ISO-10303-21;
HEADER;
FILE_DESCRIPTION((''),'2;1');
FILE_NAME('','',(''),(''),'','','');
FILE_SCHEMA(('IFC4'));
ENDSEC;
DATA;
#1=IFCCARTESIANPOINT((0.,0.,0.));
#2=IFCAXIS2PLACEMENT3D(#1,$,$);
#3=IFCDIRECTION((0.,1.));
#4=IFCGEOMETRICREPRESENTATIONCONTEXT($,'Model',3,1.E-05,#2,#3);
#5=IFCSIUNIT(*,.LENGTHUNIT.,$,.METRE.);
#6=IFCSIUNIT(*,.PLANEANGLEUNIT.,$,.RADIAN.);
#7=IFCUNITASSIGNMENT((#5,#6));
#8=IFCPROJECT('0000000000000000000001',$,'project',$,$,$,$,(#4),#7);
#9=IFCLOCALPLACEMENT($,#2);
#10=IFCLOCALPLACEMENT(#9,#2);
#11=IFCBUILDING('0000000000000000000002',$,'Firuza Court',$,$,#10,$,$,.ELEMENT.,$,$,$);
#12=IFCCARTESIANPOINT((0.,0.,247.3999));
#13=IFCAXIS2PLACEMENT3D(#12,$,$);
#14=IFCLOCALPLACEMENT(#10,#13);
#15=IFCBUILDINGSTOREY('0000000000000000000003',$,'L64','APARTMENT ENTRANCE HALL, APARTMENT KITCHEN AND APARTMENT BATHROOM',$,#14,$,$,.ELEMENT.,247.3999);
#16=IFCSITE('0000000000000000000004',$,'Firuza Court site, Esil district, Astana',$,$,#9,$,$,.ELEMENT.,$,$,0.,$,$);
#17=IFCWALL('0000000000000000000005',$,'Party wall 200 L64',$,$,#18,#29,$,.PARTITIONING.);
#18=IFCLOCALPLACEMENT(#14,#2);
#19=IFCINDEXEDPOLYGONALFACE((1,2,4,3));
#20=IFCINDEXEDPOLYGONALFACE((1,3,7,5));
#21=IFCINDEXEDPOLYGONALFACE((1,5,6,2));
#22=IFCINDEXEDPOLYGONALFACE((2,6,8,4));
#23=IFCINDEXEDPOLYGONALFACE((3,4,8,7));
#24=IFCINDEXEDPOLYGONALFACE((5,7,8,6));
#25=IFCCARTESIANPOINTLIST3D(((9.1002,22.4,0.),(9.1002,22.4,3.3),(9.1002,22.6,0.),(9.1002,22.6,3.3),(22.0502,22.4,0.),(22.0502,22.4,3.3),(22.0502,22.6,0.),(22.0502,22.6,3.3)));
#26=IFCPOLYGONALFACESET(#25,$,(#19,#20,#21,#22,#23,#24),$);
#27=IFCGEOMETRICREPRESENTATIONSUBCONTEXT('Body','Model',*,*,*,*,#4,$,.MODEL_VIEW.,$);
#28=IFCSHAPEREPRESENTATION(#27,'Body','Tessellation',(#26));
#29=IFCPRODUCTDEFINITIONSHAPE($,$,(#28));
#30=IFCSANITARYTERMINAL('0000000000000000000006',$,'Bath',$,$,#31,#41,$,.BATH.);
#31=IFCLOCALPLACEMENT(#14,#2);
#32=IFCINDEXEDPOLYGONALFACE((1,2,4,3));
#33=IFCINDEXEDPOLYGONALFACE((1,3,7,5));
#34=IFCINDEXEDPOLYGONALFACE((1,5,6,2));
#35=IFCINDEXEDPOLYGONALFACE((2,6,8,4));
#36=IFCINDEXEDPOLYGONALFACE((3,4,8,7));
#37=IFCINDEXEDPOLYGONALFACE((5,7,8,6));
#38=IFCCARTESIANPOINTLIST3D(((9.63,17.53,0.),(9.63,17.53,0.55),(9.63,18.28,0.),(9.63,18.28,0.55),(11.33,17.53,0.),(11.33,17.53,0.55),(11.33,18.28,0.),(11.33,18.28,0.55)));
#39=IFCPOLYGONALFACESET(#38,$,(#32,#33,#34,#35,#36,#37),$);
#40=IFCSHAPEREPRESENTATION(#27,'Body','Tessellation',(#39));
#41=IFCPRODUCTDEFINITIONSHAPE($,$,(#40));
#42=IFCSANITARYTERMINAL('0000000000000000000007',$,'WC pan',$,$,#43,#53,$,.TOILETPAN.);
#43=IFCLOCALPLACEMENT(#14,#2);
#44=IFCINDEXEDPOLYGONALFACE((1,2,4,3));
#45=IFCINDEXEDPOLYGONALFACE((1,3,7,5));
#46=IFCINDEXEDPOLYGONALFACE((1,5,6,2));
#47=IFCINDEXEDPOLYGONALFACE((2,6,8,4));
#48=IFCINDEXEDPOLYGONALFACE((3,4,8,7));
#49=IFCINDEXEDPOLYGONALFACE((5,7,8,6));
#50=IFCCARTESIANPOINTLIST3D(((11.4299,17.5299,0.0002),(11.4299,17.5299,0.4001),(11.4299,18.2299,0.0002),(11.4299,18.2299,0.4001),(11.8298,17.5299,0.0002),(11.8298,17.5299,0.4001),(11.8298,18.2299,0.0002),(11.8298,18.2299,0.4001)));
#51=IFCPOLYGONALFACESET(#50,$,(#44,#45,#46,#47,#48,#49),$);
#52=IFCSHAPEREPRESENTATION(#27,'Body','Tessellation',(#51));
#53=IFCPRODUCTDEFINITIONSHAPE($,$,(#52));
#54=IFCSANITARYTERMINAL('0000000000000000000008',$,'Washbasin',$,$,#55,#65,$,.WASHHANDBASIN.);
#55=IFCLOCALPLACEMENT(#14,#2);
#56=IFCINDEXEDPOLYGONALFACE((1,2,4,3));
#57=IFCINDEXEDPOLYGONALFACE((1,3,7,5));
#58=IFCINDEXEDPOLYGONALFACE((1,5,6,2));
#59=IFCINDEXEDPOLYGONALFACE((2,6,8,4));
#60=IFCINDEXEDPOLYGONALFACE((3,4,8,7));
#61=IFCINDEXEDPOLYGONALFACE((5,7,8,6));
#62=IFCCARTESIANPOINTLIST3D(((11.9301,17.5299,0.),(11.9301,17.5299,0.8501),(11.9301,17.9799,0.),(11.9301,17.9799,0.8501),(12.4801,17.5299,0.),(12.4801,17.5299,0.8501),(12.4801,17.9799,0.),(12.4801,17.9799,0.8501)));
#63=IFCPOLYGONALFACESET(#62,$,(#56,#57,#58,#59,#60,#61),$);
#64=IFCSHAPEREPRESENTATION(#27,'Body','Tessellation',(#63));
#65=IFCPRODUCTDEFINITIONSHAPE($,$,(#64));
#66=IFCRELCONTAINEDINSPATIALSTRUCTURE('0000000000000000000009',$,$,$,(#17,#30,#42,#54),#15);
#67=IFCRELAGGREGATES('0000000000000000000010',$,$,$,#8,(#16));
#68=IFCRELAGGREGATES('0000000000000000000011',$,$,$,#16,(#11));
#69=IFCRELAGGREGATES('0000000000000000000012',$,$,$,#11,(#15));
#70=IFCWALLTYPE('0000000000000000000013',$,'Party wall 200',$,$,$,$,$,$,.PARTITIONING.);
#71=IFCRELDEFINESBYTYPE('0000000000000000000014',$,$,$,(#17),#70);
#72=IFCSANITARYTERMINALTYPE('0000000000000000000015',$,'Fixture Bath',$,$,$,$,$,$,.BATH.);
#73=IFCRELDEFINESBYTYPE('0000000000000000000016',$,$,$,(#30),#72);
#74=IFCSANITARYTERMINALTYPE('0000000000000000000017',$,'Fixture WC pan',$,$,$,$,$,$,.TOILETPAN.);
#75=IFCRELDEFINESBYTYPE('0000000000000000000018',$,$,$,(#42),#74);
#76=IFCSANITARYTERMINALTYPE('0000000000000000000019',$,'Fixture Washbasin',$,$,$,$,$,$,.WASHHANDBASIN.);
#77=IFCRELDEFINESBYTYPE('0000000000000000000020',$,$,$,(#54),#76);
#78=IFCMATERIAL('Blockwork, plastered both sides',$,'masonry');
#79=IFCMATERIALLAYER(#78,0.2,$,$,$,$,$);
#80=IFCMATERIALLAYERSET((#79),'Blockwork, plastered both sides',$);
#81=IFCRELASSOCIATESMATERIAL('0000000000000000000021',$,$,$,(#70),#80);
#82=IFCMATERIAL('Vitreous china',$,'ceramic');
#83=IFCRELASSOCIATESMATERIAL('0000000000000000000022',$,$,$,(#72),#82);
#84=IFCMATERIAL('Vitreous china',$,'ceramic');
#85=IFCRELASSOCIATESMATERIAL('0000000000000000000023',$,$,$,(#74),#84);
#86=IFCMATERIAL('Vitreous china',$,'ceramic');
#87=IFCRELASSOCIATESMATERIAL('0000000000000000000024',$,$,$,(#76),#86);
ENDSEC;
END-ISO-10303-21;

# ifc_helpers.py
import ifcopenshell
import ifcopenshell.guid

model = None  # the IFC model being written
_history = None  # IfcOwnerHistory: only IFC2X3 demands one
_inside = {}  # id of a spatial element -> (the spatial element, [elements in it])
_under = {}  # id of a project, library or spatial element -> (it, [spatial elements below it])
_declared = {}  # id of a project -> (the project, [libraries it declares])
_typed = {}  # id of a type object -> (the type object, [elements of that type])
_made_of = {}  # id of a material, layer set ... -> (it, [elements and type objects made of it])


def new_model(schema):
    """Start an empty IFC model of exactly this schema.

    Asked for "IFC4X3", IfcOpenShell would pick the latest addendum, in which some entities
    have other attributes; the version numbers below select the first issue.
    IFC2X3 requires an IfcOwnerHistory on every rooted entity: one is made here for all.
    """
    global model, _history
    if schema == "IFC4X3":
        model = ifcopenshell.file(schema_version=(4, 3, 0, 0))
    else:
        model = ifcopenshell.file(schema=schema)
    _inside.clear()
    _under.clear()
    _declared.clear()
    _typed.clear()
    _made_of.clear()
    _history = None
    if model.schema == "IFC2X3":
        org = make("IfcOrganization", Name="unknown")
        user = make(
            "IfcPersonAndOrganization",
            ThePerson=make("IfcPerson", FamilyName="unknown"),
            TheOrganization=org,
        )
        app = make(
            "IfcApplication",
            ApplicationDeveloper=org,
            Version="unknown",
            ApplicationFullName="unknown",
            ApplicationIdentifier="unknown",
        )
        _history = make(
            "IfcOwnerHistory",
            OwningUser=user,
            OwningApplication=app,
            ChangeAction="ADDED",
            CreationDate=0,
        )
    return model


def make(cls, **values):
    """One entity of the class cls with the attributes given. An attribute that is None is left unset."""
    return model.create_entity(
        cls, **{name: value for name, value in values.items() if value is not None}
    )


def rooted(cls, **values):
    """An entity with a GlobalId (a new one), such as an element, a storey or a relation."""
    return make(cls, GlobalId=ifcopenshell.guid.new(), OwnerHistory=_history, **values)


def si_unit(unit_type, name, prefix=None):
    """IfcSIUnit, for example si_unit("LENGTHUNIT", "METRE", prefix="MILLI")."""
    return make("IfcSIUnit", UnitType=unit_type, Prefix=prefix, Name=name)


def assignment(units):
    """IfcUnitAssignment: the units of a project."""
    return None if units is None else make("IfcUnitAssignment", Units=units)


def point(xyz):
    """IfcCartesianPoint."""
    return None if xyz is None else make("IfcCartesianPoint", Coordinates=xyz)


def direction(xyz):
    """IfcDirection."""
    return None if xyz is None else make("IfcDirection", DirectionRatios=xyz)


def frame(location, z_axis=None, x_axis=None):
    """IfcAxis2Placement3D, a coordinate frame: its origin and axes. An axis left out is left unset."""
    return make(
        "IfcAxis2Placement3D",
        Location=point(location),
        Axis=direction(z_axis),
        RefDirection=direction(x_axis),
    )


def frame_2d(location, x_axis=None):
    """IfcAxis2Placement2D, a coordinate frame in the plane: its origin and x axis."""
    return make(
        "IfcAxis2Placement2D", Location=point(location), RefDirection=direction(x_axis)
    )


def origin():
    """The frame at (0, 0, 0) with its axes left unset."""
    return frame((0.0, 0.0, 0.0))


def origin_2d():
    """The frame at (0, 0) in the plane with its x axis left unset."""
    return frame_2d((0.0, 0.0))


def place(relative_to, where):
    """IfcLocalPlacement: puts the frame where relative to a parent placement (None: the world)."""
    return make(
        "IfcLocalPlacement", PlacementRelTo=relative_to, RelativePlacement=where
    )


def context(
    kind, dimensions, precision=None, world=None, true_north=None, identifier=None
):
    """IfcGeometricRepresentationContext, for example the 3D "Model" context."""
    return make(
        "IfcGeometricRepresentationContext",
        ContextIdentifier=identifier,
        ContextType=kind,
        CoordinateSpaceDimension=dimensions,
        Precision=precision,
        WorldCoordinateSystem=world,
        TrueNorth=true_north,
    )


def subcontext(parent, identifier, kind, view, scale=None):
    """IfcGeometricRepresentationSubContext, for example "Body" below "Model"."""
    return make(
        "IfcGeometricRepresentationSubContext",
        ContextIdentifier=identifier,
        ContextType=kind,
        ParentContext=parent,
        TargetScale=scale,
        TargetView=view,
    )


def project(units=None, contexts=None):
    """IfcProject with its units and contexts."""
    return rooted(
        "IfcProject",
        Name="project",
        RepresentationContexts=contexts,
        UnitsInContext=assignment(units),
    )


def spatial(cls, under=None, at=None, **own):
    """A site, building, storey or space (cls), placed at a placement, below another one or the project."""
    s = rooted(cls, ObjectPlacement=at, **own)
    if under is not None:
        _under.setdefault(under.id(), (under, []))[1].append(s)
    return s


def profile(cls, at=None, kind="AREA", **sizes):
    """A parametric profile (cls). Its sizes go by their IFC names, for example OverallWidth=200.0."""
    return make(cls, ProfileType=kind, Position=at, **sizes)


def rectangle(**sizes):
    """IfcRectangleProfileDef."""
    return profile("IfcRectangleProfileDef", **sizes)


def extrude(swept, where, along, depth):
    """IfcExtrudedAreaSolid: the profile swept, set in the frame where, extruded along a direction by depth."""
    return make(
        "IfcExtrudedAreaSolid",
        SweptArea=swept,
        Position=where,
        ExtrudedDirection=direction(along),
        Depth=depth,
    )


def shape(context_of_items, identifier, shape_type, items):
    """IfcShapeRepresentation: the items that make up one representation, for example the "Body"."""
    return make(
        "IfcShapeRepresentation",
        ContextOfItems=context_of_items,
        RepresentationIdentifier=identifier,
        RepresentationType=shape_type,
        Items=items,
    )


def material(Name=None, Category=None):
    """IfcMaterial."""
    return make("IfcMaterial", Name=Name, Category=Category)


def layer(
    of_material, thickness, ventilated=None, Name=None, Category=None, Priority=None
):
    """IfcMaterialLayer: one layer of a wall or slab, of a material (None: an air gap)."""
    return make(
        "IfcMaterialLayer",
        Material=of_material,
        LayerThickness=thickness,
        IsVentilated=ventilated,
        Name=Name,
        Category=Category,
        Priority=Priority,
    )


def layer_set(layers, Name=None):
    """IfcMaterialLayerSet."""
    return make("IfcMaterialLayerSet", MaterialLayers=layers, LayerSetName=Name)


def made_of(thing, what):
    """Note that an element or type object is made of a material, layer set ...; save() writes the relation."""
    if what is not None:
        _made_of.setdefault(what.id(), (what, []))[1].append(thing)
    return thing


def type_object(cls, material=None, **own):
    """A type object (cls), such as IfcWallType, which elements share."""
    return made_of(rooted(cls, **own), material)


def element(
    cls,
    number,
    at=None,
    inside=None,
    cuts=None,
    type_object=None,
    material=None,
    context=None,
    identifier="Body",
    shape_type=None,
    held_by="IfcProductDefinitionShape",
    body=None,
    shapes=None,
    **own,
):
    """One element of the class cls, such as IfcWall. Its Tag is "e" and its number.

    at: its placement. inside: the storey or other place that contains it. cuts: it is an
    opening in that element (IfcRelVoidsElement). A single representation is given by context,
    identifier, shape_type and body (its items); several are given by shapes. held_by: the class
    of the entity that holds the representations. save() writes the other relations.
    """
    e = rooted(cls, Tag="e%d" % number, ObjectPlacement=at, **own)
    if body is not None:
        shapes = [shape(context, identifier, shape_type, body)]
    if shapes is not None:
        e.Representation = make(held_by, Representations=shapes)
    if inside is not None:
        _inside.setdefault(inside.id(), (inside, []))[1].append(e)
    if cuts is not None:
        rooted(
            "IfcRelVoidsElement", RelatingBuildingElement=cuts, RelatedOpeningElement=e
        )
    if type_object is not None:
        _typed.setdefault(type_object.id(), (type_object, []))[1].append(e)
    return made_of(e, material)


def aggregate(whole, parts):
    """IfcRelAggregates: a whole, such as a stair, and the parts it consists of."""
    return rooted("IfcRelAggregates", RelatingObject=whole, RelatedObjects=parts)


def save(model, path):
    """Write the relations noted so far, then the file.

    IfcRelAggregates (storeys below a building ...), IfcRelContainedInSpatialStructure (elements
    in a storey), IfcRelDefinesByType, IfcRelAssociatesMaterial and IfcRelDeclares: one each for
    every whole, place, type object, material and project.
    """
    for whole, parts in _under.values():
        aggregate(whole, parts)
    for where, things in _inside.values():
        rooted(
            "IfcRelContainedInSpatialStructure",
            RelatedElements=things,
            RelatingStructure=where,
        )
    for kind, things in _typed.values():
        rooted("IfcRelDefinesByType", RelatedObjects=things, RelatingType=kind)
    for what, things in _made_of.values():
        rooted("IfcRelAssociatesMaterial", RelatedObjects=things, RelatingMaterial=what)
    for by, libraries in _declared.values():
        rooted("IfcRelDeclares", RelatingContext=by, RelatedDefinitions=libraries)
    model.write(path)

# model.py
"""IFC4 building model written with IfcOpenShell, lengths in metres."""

from ifc_helpers import new_model, si_unit, direction, frame, frame_2d, origin, origin_2d, place, context, subcontext, project, spatial, rectangle, extrude, material, layer, layer_set, type_object, element, save


model = new_model("IFC4")

# Units and contexts
model_context = context("Model", 3, precision=1e-05, world=origin(), true_north=direction((0.0, 1.0)))
body_context = subcontext(model_context, "Body", "Model", "MODEL_VIEW")
ifc_project = project(units=[si_unit("LENGTHUNIT", "METRE"), si_unit("PLANEANGLEUNIT", "RADIAN")], contexts=[model_context])

# Site, building, storey
site_placement = place(None, origin())
site = spatial("IfcSite", under=ifc_project, at=site_placement, Name="Firuza Court site, Esil district, Astana", CompositionType="ELEMENT", RefElevation=0.0)
building_placement = place(site_placement, origin())
building = spatial("IfcBuilding", under=site, at=building_placement, Name="Firuza Court", CompositionType="ELEMENT")
storey_placement = place(building_placement, frame((0.0, 0.0, 247.3999)))
storey = spatial("IfcBuildingStorey", under=building, at=storey_placement, Name="L64", Description="APARTMENT ENTRANCE HALL, APARTMENT KITCHEN AND APARTMENT BATHROOM", CompositionType="ELEMENT", Elevation=247.3999)

# Wall
ifc_material_1 = material(Name="Blockwork, plastered both sides", Category="masonry")
ifc_layer_1 = layer(ifc_material_1, 0.2)
ifc_layer_set_1 = layer_set([ifc_layer_1], Name="Blockwork, plastered both sides")
wall_type_1 = type_object("IfcWallType", Name="Party wall 200", PredefinedType="PARTITIONING", material=ifc_layer_set_1)
wall_1_placement = place(storey_placement, frame((9.1001, 22.5, 0.0), z_axis=(0.0, 0.0, 1.0), x_axis=(1.0, 0.0, 0.0)))
element("IfcWall", 1, at=wall_1_placement, inside=storey, type_object=wall_type_1, Name="Party wall 200 L64", PredefinedType="PARTITIONING", context=body_context, shape_type="SweptSolid", body=[
    extrude(rectangle(XDim=12.95, YDim=0.2, at=frame_2d((6.4751, 0.0))), origin(), (0.0, 0.0, 1.0), 3.3),
])

# Sanitary terminals
ifc_material_2 = material(Name="Vitreous china", Category="ceramic")
sanitary_terminal_type_1 = type_object("IfcSanitaryTerminalType", Name="Fixture Bath", PredefinedType="BATH", material=ifc_material_2)
sanitary_terminal_1_placement = place(storey_placement, frame((10.48, 17.905, 0.0), z_axis=(0.0, 0.0, 1.0), x_axis=(1.0, 0.0, 0.0)))
element("IfcSanitaryTerminal", 2, at=sanitary_terminal_1_placement, inside=storey, type_object=sanitary_terminal_type_1, Name="Bath", PredefinedType="BATH", context=body_context, shape_type="SweptSolid", body=[
    extrude(rectangle(XDim=1.7, YDim=0.75, at=origin_2d()), origin(), (0.0, 0.0, 1.0), 0.55),
])
ifc_material_3 = material(Name="Vitreous china", Category="ceramic")
sanitary_terminal_type_2 = type_object("IfcSanitaryTerminalType", Name="Fixture WC pan", PredefinedType="TOILETPAN", material=ifc_material_3)
sanitary_terminal_2_placement = place(storey_placement, frame((11.6299, 17.8799, 0.0002), z_axis=(0.0, 0.0, 1.0), x_axis=(1.0, 0.0, 0.0)))
element("IfcSanitaryTerminal", 3, at=sanitary_terminal_2_placement, inside=storey, type_object=sanitary_terminal_type_2, Name="WC pan", PredefinedType="TOILETPAN", context=body_context, shape_type="SweptSolid", body=[
    extrude(rectangle(XDim=0.3999, YDim=0.7, at=origin_2d()), origin(), (0.0, 0.0, 1.0), 0.3999),
])
ifc_material_4 = material(Name="Vitreous china", Category="ceramic")
sanitary_terminal_type_3 = type_object("IfcSanitaryTerminalType", Name="Fixture Washbasin", PredefinedType="WASHHANDBASIN", material=ifc_material_4)
sanitary_terminal_3_placement = place(storey_placement, frame((12.2051, 17.7549, 0.0), z_axis=(0.0, 0.0, 1.0), x_axis=(1.0, 0.0, 0.0)))
element("IfcSanitaryTerminal", 4, at=sanitary_terminal_3_placement, inside=storey, type_object=sanitary_terminal_type_3, Name="Washbasin", PredefinedType="WASHHANDBASIN", context=body_context, shape_type="SweptSolid", body=[
    extrude(rectangle(XDim=0.55, YDim=0.45, at=origin_2d()), origin(), (0.0, 0.0, 1.0), 0.8501),
])

save(model, "model.ifc")
